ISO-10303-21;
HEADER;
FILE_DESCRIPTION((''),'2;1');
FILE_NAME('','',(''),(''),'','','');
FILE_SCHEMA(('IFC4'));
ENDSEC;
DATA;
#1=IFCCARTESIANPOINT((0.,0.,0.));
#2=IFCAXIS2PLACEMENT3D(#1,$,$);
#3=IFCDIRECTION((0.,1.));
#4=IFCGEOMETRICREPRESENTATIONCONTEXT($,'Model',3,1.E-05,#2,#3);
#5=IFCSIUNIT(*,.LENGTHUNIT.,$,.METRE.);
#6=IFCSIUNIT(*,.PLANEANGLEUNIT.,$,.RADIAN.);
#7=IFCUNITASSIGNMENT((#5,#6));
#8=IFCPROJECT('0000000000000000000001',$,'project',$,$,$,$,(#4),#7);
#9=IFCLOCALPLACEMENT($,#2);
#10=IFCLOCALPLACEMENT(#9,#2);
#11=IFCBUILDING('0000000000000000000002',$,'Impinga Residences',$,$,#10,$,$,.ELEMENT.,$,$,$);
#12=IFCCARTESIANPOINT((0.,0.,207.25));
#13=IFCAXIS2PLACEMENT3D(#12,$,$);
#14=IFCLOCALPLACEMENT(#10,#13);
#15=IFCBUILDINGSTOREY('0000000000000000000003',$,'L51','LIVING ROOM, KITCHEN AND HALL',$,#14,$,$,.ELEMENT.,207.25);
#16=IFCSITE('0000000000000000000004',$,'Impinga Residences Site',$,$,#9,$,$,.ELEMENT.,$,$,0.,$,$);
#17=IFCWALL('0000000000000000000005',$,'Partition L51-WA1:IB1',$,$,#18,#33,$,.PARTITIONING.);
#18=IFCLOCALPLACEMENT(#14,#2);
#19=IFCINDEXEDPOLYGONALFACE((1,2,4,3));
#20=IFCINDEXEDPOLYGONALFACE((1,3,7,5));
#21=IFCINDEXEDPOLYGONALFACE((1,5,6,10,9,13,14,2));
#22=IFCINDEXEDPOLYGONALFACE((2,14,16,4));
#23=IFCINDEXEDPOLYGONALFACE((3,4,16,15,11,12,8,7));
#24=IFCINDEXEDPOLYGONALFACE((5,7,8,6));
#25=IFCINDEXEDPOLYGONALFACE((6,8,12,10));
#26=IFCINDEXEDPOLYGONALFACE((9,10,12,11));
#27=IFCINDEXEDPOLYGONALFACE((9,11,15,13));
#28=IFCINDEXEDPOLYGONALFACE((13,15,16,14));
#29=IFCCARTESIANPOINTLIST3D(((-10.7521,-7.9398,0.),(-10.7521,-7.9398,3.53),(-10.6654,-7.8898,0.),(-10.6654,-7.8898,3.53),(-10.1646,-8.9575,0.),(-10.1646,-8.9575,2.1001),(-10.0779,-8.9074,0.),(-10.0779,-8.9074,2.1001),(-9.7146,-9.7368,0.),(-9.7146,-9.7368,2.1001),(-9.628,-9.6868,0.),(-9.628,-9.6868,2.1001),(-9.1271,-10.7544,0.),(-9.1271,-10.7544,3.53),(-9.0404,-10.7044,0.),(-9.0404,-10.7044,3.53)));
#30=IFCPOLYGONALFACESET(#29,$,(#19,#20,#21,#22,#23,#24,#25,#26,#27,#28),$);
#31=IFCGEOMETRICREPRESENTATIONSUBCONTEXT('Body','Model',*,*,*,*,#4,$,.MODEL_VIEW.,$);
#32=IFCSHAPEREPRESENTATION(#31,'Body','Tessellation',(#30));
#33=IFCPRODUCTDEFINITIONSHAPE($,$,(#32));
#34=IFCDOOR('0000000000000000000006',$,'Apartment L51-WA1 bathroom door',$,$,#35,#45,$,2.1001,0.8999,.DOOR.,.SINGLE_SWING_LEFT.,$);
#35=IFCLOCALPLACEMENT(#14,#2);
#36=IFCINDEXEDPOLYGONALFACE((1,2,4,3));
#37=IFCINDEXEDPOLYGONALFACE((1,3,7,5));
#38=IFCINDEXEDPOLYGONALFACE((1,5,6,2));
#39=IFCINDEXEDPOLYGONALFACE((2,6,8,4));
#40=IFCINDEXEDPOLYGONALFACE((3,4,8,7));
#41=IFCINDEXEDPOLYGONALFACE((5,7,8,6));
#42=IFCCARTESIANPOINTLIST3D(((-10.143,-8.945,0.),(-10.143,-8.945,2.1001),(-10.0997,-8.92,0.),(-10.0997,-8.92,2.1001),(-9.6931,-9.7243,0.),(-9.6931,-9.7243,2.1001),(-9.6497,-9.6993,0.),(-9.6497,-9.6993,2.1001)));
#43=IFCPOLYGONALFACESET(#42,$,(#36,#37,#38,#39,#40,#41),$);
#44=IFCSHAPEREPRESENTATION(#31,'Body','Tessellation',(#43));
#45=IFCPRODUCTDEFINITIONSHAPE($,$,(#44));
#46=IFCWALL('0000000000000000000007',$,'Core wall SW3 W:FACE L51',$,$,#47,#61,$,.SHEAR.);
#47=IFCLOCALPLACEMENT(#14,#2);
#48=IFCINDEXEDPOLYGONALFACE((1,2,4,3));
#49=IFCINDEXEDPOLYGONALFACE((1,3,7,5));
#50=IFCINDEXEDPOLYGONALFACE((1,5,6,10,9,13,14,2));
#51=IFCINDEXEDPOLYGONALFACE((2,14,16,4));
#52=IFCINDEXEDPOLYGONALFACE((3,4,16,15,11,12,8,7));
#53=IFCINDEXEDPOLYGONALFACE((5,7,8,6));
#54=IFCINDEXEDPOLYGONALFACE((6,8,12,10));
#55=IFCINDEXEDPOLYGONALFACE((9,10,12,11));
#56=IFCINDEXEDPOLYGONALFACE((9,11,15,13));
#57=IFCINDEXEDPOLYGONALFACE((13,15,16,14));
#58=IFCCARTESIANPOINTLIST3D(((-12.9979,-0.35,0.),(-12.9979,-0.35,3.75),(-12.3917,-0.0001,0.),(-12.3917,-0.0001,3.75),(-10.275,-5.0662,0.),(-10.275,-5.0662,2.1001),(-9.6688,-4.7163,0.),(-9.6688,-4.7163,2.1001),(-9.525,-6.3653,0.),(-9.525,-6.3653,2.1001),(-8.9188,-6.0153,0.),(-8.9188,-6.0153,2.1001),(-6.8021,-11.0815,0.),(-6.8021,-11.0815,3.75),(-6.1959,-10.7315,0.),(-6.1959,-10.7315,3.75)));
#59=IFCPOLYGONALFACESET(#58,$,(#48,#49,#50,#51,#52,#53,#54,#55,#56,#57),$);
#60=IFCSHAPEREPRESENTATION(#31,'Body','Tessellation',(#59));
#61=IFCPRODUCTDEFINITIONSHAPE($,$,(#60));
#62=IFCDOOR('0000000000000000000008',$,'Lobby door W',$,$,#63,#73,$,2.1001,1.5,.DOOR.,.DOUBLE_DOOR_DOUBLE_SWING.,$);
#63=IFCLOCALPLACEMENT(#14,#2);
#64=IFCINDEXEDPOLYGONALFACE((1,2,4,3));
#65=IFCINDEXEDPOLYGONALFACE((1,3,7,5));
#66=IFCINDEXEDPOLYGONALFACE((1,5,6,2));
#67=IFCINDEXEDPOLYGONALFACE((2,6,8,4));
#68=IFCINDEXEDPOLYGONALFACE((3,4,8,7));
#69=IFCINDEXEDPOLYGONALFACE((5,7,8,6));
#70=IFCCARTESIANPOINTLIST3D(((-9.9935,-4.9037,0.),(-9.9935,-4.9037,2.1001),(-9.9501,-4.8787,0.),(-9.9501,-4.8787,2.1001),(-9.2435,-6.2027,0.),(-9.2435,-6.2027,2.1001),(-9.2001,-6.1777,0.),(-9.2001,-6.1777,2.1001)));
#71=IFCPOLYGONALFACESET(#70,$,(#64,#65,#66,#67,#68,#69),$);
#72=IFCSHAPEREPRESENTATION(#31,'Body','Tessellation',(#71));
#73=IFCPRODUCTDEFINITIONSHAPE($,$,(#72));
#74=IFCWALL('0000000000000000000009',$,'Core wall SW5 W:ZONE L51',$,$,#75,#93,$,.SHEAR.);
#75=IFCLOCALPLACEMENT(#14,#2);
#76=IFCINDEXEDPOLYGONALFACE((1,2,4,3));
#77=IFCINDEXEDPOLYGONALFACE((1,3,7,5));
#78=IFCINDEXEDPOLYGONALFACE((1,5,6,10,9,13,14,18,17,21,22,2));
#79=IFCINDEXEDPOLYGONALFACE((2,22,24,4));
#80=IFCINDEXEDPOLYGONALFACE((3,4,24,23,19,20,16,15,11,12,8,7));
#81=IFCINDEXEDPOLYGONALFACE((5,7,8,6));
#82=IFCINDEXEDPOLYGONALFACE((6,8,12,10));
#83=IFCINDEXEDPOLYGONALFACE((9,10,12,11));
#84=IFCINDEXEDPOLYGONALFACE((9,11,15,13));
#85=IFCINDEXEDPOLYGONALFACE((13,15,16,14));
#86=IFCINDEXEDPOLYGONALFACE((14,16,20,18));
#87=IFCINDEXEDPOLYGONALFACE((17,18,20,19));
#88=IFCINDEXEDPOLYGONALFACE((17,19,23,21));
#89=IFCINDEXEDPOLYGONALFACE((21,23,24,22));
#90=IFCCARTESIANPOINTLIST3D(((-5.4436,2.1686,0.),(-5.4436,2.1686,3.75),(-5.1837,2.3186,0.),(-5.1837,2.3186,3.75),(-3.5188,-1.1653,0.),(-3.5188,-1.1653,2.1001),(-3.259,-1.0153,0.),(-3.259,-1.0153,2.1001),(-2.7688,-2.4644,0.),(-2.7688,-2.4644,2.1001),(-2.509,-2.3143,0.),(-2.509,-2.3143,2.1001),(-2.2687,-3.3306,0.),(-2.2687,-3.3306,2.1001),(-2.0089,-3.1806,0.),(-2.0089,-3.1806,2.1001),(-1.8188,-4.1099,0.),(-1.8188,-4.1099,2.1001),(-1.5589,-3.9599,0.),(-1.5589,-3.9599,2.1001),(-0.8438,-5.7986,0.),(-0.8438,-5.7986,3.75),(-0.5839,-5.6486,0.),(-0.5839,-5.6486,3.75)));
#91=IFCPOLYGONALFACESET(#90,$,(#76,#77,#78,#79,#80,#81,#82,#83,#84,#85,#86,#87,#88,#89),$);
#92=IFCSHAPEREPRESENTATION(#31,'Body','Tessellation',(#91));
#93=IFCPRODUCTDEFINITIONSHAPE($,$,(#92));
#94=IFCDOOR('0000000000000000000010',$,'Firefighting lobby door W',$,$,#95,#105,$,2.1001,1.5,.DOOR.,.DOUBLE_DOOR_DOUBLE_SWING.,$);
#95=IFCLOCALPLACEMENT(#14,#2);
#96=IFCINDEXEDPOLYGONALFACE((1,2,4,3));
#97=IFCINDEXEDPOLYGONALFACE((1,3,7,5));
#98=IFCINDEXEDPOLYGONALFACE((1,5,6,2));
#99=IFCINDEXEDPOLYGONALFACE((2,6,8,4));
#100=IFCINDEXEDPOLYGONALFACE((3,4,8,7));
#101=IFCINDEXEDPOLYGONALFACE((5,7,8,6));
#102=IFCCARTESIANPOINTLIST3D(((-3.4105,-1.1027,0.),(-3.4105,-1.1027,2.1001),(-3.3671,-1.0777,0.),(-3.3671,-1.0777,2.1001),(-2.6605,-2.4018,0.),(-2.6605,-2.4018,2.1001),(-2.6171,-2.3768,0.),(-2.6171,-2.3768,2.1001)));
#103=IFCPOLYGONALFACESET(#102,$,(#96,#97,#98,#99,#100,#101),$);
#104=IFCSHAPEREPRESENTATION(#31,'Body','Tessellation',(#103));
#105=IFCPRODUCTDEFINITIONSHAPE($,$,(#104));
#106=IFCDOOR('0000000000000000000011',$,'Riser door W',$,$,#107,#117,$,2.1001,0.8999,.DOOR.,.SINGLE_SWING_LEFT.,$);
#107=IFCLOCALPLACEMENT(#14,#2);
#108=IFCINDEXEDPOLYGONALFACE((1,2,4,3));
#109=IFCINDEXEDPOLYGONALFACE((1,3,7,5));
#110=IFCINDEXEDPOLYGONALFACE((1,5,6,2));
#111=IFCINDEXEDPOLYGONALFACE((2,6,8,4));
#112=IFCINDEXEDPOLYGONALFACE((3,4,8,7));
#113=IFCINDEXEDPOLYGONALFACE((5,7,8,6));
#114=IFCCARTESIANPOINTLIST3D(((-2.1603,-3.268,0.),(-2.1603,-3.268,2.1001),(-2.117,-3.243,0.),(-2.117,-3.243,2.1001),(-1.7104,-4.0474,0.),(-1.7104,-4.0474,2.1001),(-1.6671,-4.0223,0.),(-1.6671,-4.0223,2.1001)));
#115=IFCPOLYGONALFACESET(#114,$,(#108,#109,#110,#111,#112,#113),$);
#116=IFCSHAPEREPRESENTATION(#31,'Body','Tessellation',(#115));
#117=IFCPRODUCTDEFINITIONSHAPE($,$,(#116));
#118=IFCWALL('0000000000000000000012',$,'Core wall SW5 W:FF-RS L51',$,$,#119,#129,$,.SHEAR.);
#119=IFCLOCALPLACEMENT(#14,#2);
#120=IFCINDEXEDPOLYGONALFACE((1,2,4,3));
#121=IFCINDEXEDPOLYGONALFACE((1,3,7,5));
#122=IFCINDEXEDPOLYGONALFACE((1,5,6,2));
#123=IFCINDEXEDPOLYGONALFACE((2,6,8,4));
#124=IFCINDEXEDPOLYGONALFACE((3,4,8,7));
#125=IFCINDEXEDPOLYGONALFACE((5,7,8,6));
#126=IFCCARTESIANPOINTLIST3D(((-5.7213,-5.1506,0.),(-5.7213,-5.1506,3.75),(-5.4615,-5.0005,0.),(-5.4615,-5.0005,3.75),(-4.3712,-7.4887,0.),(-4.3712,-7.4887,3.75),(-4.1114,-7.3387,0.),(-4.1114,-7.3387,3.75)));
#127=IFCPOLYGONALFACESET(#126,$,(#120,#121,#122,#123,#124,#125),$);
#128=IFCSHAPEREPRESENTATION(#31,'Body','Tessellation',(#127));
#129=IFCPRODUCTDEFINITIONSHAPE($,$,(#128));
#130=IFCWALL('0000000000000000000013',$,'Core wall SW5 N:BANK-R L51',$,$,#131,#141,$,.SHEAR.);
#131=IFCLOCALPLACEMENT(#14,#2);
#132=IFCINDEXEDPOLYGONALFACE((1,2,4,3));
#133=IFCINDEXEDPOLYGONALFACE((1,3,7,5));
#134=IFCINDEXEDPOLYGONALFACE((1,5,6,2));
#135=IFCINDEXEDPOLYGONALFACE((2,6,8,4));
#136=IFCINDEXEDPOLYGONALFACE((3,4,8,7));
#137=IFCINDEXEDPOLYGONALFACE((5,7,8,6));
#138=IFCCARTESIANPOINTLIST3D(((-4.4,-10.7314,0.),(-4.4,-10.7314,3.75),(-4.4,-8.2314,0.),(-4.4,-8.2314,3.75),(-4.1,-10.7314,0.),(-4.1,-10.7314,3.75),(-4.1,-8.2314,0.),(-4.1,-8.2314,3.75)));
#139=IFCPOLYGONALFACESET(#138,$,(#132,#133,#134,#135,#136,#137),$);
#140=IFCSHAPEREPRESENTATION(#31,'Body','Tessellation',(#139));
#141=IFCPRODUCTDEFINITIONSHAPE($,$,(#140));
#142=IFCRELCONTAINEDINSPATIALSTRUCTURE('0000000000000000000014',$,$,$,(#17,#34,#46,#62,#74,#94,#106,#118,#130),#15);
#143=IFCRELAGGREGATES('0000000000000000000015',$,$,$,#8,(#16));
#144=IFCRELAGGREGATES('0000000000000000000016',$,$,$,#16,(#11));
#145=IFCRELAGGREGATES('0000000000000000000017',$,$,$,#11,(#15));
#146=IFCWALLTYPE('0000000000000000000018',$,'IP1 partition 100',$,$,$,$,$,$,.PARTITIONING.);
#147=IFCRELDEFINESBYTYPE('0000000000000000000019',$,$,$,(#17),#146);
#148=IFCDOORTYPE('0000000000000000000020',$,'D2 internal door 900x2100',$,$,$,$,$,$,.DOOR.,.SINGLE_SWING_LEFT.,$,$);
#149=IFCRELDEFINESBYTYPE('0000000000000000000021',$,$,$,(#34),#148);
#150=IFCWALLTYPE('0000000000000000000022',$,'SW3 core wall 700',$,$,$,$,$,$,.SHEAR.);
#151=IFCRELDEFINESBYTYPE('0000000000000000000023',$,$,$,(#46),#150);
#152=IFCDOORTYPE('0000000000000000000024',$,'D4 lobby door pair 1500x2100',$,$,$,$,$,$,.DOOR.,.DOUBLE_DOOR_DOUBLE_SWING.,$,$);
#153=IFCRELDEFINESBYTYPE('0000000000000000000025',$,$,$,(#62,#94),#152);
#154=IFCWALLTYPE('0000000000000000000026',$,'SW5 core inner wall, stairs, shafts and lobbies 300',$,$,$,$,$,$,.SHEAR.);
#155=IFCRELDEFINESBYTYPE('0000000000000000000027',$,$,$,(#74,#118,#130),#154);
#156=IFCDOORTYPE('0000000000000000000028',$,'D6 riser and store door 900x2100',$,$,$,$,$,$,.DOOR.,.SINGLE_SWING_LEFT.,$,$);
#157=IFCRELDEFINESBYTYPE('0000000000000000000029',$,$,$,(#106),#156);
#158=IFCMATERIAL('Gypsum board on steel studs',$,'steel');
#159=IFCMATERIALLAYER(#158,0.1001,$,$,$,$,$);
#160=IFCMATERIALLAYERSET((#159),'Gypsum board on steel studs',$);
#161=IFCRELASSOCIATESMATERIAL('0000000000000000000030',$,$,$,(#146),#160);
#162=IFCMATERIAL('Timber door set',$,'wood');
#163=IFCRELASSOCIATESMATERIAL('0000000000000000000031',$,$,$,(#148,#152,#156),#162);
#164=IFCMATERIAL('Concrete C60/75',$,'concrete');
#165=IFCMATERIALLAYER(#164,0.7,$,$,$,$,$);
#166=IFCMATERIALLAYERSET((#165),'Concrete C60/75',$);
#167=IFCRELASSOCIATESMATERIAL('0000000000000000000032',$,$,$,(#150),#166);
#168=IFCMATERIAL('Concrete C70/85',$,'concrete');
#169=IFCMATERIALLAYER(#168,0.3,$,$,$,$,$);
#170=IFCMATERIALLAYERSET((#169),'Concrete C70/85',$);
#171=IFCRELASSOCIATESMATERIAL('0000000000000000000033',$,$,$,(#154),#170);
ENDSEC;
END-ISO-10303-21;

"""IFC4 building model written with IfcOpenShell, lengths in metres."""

from ifc_helpers import new_model, si_unit, direction, frame, frame_2d, origin, place, context, subcontext, project, spatial, rectangle, extrude, material, layer, layer_set, type_object, element, fill, save


model = new_model("IFC4")

# Units and contexts
model_context = context("Model", 3, precision=1e-05, world=origin(), true_north=direction((0.0, 1.0)))
body_context = subcontext(model_context, "Body", "Model", "MODEL_VIEW")
ifc_project = project(units=[si_unit("LENGTHUNIT", "METRE"), si_unit("PLANEANGLEUNIT", "RADIAN")], contexts=[model_context])

# Site, building, storey
site_placement = place(None, origin())
site = spatial("IfcSite", under=ifc_project, at=site_placement, Name="Impinga Residences Site", CompositionType="ELEMENT", RefElevation=0.0)
building_placement = place(site_placement, origin())
building = spatial("IfcBuilding", under=site, at=building_placement, Name="Impinga Residences", CompositionType="ELEMENT")
storey_placement = place(building_placement, frame((0.0, 0.0, 207.25)))
storey = spatial("IfcBuildingStorey", under=building, at=storey_placement, Name="L51", Description="LIVING ROOM, KITCHEN AND HALL", CompositionType="ELEMENT", Elevation=207.25)

# Shared definitions
ifc_material_1 = material(Name="Concrete C60/75", Category="concrete")
ifc_material_2 = material(Name="Timber door set", Category="wood")

# Shared definitions
ifc_material_3 = material(Name="Gypsum board on steel studs", Category="steel")
ifc_layer_1 = layer(ifc_material_3, 0.1001)
ifc_layer_set_1 = layer_set([ifc_layer_1], Name="Gypsum board on steel studs")
wall_type_1 = type_object("IfcWallType", Name="IP1 partition 100", PredefinedType="PARTITIONING", material=ifc_layer_set_1)

# Shared definitions
door_type_1 = type_object("IfcDoorType", Name="D2 internal door 900x2100", OperationType="SINGLE_SWING_LEFT", PredefinedType="DOOR", material=ifc_material_2)

# Walls, openings, doors
wall_1_placement = place(storey_placement, frame((-10.7087, -7.9148, 0.0), z_axis=(0.0, 0.0, 1.0), x_axis=(0.499985, -0.866034, 0.0)))
wall_1 = element("IfcWall", 1, at=wall_1_placement, inside=storey, type_object=wall_type_1, Name="Partition L51-WA1:IB1", PredefinedType="PARTITIONING", context=body_context, shape_type="SweptSolid", body=[
    extrude(rectangle(XDim=3.25, YDim=0.1001, at=frame_2d((1.625, 0.0))), origin(), (0.0, 0.0, 1.0), 3.53),
])
opening_1_placement = place(wall_1_placement, frame((1.175, 0.0, 0.0)))
opening_1 = element("IfcOpeningElement", 2, at=opening_1_placement, cuts=wall_1, PredefinedType="OPENING", context=body_context, shape_type="SweptSolid", body=[
    extrude(rectangle(XDim=0.8999, YDim=2.1001, at=frame_2d((0.45, 1.05))), frame((0.0, 0.0601, 0.0), z_axis=(0.0, -1.0, 0.0), x_axis=(1.0, 0.0, 0.0)), (0.0, 0.0, 1.0), 0.1201),
])
door_1_placement = place(opening_1_placement, origin())
door_1 = element("IfcDoor", 3, at=door_1_placement, inside=storey, type_object=door_type_1, Name="Apartment L51-WA1 bathroom door", OperationType="SINGLE_SWING_LEFT", OverallHeight=2.1001, OverallWidth=0.8999, PredefinedType="DOOR", context=body_context, shape_type="SweptSolid", body=[
    extrude(rectangle(XDim=0.8999, YDim=2.1001, at=frame_2d((0.45, 1.05))), frame((0.0, 0.0249, 0.0), z_axis=(0.0, -1.0, 0.0), x_axis=(1.0, 0.0, 0.0)), (0.0, 0.0, 1.0), 0.05),
])
fill(opening_1, door_1)
ifc_layer_2 = layer(ifc_material_1, 0.7)
ifc_layer_set_2 = layer_set([ifc_layer_2], Name="Concrete C60/75")
wall_type_2 = type_object("IfcWallType", Name="SW3 core wall 700", PredefinedType="SHEAR", material=ifc_layer_set_2)
wall_2_placement = place(storey_placement, frame((-6.499, -10.9065, 0.0), z_axis=(0.0, 0.0, 1.0), x_axis=(-0.5, 0.866025, 0.0)))
wall_2 = element("IfcWall", 4, at=wall_2_placement, inside=storey, type_object=wall_type_2, Name="Core wall SW3 W:FACE L51", PredefinedType="SHEAR", context=body_context, shape_type="SweptSolid", body=[
    extrude(rectangle(XDim=12.3916, YDim=0.7, at=frame_2d((6.1958, 0.0))), origin(), (0.0, 0.0, 1.0), 3.75),
])
opening_2_placement = place(wall_2_placement, frame((5.4458, 0.0, 0.0)))
opening_2 = element("IfcOpeningElement", 5, at=opening_2_placement, cuts=wall_2, PredefinedType="OPENING", context=body_context, shape_type="SweptSolid", body=[
    extrude(rectangle(XDim=1.5, YDim=2.1001, at=frame_2d((0.75, 1.05))), frame((0.0, 0.3599, 0.0), z_axis=(0.0, -1.0, 0.0), x_axis=(1.0, 0.0, 0.0)), (0.0, 0.0, 1.0), 0.72),
])
door_type_2 = type_object("IfcDoorType", Name="D4 lobby door pair 1500x2100", OperationType="DOUBLE_DOOR_DOUBLE_SWING", PredefinedType="DOOR", material=ifc_material_2)
door_2_placement = place(opening_2_placement, origin())
door_2 = element("IfcDoor", 6, at=door_2_placement, inside=storey, type_object=door_type_2, Name="Lobby door W", OperationType="DOUBLE_DOOR_DOUBLE_SWING", OverallHeight=2.1001, OverallWidth=1.5, PredefinedType="DOOR", context=body_context, shape_type="SweptSolid", body=[
    extrude(rectangle(XDim=1.5, YDim=2.1001, at=frame_2d((0.75, 1.05))), frame((0.0, 0.0249, 0.0), z_axis=(0.0, -1.0, 0.0), x_axis=(1.0, 0.0, 0.0)), (0.0, 0.0, 1.0), 0.05),
])
fill(opening_2, door_2)

# Wall, openings, doors
ifc_material_4 = material(Name="Concrete C70/85", Category="concrete")
ifc_layer_3 = layer(ifc_material_4, 0.3)
ifc_layer_set_3 = layer_set([ifc_layer_3], Name="Concrete C70/85")
wall_type_3 = type_object("IfcWallType", Name="SW5 core inner wall, stairs, shafts and lobbies 300", PredefinedType="SHEAR", material=ifc_layer_set_3)
wall_3_placement = place(storey_placement, frame((-0.7139, -5.7236, 0.0), z_axis=(0.0, 0.0, 1.0), x_axis=(-0.499995, 0.866028, 0.0)))
wall_3 = element("IfcWall", 7, at=wall_3_placement, inside=storey, type_object=wall_type_3, Name="Core wall SW5 W:ZONE L51", PredefinedType="SHEAR", context=body_context, shape_type="SweptSolid", body=[
    extrude(rectangle(XDim=9.1997, YDim=0.3, at=frame_2d((4.5999, 0.0))), origin(), (0.0, 0.0, 1.0), 3.75),
])
opening_3_placement = place(wall_3_placement, frame((3.8501, 0.0, 0.0)))
opening_3 = element("IfcOpeningElement", 8, at=opening_3_placement, cuts=wall_3, PredefinedType="OPENING", context=body_context, shape_type="SweptSolid", body=[
    extrude(rectangle(XDim=1.5, YDim=2.1001, at=frame_2d((0.75, 1.05))), frame((0.0, 0.1599, 0.0), z_axis=(0.0, -1.0, 0.0), x_axis=(1.0, 0.0, 0.0)), (0.0, 0.0, 1.0), 0.3201),
])
opening_4_placement = place(wall_3_placement, frame((1.95, 0.0, 0.0)))
opening_4 = element("IfcOpeningElement", 9, at=opening_4_placement, cuts=wall_3, PredefinedType="OPENING", context=body_context, shape_type="SweptSolid", body=[
    extrude(rectangle(XDim=0.8999, YDim=2.1001, at=frame_2d((0.45, 1.05))), frame((0.0, 0.1599, 0.0), z_axis=(0.0, -1.0, 0.0), x_axis=(1.0, 0.0, 0.0)), (0.0, 0.0, 1.0), 0.3201),
])
door_3_placement = place(opening_3_placement, origin())
door_3 = element("IfcDoor", 10, at=door_3_placement, inside=storey, type_object=door_type_2, Name="Firefighting lobby door W", OperationType="DOUBLE_DOOR_DOUBLE_SWING", OverallHeight=2.1001, OverallWidth=1.5, PredefinedType="DOOR", context=body_context, shape_type="SweptSolid", body=[
    extrude(rectangle(XDim=1.5, YDim=2.1001, at=frame_2d((0.75, 1.05))), frame((0.0, 0.0249, 0.0), z_axis=(0.0, -1.0, 0.0), x_axis=(1.0, 0.0, 0.0)), (0.0, 0.0, 1.0), 0.05),
])
fill(opening_3, door_3)
door_type_3 = type_object("IfcDoorType", Name="D6 riser and store door 900x2100", OperationType="SINGLE_SWING_LEFT", PredefinedType="DOOR", material=ifc_material_2)
door_4_placement = place(opening_4_placement, origin())
door_4 = element("IfcDoor", 11, at=door_4_placement, inside=storey, type_object=door_type_3, Name="Riser door W", OperationType="SINGLE_SWING_LEFT", OverallHeight=2.1001, OverallWidth=0.8999, PredefinedType="DOOR", context=body_context, shape_type="SweptSolid", body=[
    extrude(rectangle(XDim=0.8999, YDim=2.1001, at=frame_2d((0.45, 1.05))), frame((0.0, 0.0249, 0.0), z_axis=(0.0, -1.0, 0.0), x_axis=(1.0, 0.0, 0.0)), (0.0, 0.0, 1.0), 0.05),
])
fill(opening_4, door_4)

# Walls
wall_4_placement = place(storey_placement, frame((-4.2412, -7.4138, 0.0), z_axis=(0.0, 0.0, 1.0), x_axis=(-0.500049, 0.865997, 0.0)))
element("IfcWall", 12, at=wall_4_placement, inside=storey, type_object=wall_type_3, Name="Core wall SW5 W:FF-RS L51", PredefinedType="SHEAR", context=body_context, shape_type="SweptSolid", body=[
    extrude(rectangle(XDim=2.7, YDim=0.3, at=frame_2d((1.3501, 0.0))), origin(), (0.0, 0.0, 1.0), 3.75),
])
wall_5_placement = place(storey_placement, frame((-4.25, -8.2314, 0.0), z_axis=(0.0, 0.0, 1.0), x_axis=(0.0, -1.0, 0.0)))
element("IfcWall", 13, at=wall_5_placement, inside=storey, type_object=wall_type_3, Name="Core wall SW5 N:BANK-R L51", PredefinedType="SHEAR", context=body_context, shape_type="SweptSolid", body=[
    extrude(rectangle(XDim=2.5, YDim=0.3, at=frame_2d((1.25, 0.0))), origin(), (0.0, 0.0, 1.0), 3.75),
])

save(model, "model.ifc")
